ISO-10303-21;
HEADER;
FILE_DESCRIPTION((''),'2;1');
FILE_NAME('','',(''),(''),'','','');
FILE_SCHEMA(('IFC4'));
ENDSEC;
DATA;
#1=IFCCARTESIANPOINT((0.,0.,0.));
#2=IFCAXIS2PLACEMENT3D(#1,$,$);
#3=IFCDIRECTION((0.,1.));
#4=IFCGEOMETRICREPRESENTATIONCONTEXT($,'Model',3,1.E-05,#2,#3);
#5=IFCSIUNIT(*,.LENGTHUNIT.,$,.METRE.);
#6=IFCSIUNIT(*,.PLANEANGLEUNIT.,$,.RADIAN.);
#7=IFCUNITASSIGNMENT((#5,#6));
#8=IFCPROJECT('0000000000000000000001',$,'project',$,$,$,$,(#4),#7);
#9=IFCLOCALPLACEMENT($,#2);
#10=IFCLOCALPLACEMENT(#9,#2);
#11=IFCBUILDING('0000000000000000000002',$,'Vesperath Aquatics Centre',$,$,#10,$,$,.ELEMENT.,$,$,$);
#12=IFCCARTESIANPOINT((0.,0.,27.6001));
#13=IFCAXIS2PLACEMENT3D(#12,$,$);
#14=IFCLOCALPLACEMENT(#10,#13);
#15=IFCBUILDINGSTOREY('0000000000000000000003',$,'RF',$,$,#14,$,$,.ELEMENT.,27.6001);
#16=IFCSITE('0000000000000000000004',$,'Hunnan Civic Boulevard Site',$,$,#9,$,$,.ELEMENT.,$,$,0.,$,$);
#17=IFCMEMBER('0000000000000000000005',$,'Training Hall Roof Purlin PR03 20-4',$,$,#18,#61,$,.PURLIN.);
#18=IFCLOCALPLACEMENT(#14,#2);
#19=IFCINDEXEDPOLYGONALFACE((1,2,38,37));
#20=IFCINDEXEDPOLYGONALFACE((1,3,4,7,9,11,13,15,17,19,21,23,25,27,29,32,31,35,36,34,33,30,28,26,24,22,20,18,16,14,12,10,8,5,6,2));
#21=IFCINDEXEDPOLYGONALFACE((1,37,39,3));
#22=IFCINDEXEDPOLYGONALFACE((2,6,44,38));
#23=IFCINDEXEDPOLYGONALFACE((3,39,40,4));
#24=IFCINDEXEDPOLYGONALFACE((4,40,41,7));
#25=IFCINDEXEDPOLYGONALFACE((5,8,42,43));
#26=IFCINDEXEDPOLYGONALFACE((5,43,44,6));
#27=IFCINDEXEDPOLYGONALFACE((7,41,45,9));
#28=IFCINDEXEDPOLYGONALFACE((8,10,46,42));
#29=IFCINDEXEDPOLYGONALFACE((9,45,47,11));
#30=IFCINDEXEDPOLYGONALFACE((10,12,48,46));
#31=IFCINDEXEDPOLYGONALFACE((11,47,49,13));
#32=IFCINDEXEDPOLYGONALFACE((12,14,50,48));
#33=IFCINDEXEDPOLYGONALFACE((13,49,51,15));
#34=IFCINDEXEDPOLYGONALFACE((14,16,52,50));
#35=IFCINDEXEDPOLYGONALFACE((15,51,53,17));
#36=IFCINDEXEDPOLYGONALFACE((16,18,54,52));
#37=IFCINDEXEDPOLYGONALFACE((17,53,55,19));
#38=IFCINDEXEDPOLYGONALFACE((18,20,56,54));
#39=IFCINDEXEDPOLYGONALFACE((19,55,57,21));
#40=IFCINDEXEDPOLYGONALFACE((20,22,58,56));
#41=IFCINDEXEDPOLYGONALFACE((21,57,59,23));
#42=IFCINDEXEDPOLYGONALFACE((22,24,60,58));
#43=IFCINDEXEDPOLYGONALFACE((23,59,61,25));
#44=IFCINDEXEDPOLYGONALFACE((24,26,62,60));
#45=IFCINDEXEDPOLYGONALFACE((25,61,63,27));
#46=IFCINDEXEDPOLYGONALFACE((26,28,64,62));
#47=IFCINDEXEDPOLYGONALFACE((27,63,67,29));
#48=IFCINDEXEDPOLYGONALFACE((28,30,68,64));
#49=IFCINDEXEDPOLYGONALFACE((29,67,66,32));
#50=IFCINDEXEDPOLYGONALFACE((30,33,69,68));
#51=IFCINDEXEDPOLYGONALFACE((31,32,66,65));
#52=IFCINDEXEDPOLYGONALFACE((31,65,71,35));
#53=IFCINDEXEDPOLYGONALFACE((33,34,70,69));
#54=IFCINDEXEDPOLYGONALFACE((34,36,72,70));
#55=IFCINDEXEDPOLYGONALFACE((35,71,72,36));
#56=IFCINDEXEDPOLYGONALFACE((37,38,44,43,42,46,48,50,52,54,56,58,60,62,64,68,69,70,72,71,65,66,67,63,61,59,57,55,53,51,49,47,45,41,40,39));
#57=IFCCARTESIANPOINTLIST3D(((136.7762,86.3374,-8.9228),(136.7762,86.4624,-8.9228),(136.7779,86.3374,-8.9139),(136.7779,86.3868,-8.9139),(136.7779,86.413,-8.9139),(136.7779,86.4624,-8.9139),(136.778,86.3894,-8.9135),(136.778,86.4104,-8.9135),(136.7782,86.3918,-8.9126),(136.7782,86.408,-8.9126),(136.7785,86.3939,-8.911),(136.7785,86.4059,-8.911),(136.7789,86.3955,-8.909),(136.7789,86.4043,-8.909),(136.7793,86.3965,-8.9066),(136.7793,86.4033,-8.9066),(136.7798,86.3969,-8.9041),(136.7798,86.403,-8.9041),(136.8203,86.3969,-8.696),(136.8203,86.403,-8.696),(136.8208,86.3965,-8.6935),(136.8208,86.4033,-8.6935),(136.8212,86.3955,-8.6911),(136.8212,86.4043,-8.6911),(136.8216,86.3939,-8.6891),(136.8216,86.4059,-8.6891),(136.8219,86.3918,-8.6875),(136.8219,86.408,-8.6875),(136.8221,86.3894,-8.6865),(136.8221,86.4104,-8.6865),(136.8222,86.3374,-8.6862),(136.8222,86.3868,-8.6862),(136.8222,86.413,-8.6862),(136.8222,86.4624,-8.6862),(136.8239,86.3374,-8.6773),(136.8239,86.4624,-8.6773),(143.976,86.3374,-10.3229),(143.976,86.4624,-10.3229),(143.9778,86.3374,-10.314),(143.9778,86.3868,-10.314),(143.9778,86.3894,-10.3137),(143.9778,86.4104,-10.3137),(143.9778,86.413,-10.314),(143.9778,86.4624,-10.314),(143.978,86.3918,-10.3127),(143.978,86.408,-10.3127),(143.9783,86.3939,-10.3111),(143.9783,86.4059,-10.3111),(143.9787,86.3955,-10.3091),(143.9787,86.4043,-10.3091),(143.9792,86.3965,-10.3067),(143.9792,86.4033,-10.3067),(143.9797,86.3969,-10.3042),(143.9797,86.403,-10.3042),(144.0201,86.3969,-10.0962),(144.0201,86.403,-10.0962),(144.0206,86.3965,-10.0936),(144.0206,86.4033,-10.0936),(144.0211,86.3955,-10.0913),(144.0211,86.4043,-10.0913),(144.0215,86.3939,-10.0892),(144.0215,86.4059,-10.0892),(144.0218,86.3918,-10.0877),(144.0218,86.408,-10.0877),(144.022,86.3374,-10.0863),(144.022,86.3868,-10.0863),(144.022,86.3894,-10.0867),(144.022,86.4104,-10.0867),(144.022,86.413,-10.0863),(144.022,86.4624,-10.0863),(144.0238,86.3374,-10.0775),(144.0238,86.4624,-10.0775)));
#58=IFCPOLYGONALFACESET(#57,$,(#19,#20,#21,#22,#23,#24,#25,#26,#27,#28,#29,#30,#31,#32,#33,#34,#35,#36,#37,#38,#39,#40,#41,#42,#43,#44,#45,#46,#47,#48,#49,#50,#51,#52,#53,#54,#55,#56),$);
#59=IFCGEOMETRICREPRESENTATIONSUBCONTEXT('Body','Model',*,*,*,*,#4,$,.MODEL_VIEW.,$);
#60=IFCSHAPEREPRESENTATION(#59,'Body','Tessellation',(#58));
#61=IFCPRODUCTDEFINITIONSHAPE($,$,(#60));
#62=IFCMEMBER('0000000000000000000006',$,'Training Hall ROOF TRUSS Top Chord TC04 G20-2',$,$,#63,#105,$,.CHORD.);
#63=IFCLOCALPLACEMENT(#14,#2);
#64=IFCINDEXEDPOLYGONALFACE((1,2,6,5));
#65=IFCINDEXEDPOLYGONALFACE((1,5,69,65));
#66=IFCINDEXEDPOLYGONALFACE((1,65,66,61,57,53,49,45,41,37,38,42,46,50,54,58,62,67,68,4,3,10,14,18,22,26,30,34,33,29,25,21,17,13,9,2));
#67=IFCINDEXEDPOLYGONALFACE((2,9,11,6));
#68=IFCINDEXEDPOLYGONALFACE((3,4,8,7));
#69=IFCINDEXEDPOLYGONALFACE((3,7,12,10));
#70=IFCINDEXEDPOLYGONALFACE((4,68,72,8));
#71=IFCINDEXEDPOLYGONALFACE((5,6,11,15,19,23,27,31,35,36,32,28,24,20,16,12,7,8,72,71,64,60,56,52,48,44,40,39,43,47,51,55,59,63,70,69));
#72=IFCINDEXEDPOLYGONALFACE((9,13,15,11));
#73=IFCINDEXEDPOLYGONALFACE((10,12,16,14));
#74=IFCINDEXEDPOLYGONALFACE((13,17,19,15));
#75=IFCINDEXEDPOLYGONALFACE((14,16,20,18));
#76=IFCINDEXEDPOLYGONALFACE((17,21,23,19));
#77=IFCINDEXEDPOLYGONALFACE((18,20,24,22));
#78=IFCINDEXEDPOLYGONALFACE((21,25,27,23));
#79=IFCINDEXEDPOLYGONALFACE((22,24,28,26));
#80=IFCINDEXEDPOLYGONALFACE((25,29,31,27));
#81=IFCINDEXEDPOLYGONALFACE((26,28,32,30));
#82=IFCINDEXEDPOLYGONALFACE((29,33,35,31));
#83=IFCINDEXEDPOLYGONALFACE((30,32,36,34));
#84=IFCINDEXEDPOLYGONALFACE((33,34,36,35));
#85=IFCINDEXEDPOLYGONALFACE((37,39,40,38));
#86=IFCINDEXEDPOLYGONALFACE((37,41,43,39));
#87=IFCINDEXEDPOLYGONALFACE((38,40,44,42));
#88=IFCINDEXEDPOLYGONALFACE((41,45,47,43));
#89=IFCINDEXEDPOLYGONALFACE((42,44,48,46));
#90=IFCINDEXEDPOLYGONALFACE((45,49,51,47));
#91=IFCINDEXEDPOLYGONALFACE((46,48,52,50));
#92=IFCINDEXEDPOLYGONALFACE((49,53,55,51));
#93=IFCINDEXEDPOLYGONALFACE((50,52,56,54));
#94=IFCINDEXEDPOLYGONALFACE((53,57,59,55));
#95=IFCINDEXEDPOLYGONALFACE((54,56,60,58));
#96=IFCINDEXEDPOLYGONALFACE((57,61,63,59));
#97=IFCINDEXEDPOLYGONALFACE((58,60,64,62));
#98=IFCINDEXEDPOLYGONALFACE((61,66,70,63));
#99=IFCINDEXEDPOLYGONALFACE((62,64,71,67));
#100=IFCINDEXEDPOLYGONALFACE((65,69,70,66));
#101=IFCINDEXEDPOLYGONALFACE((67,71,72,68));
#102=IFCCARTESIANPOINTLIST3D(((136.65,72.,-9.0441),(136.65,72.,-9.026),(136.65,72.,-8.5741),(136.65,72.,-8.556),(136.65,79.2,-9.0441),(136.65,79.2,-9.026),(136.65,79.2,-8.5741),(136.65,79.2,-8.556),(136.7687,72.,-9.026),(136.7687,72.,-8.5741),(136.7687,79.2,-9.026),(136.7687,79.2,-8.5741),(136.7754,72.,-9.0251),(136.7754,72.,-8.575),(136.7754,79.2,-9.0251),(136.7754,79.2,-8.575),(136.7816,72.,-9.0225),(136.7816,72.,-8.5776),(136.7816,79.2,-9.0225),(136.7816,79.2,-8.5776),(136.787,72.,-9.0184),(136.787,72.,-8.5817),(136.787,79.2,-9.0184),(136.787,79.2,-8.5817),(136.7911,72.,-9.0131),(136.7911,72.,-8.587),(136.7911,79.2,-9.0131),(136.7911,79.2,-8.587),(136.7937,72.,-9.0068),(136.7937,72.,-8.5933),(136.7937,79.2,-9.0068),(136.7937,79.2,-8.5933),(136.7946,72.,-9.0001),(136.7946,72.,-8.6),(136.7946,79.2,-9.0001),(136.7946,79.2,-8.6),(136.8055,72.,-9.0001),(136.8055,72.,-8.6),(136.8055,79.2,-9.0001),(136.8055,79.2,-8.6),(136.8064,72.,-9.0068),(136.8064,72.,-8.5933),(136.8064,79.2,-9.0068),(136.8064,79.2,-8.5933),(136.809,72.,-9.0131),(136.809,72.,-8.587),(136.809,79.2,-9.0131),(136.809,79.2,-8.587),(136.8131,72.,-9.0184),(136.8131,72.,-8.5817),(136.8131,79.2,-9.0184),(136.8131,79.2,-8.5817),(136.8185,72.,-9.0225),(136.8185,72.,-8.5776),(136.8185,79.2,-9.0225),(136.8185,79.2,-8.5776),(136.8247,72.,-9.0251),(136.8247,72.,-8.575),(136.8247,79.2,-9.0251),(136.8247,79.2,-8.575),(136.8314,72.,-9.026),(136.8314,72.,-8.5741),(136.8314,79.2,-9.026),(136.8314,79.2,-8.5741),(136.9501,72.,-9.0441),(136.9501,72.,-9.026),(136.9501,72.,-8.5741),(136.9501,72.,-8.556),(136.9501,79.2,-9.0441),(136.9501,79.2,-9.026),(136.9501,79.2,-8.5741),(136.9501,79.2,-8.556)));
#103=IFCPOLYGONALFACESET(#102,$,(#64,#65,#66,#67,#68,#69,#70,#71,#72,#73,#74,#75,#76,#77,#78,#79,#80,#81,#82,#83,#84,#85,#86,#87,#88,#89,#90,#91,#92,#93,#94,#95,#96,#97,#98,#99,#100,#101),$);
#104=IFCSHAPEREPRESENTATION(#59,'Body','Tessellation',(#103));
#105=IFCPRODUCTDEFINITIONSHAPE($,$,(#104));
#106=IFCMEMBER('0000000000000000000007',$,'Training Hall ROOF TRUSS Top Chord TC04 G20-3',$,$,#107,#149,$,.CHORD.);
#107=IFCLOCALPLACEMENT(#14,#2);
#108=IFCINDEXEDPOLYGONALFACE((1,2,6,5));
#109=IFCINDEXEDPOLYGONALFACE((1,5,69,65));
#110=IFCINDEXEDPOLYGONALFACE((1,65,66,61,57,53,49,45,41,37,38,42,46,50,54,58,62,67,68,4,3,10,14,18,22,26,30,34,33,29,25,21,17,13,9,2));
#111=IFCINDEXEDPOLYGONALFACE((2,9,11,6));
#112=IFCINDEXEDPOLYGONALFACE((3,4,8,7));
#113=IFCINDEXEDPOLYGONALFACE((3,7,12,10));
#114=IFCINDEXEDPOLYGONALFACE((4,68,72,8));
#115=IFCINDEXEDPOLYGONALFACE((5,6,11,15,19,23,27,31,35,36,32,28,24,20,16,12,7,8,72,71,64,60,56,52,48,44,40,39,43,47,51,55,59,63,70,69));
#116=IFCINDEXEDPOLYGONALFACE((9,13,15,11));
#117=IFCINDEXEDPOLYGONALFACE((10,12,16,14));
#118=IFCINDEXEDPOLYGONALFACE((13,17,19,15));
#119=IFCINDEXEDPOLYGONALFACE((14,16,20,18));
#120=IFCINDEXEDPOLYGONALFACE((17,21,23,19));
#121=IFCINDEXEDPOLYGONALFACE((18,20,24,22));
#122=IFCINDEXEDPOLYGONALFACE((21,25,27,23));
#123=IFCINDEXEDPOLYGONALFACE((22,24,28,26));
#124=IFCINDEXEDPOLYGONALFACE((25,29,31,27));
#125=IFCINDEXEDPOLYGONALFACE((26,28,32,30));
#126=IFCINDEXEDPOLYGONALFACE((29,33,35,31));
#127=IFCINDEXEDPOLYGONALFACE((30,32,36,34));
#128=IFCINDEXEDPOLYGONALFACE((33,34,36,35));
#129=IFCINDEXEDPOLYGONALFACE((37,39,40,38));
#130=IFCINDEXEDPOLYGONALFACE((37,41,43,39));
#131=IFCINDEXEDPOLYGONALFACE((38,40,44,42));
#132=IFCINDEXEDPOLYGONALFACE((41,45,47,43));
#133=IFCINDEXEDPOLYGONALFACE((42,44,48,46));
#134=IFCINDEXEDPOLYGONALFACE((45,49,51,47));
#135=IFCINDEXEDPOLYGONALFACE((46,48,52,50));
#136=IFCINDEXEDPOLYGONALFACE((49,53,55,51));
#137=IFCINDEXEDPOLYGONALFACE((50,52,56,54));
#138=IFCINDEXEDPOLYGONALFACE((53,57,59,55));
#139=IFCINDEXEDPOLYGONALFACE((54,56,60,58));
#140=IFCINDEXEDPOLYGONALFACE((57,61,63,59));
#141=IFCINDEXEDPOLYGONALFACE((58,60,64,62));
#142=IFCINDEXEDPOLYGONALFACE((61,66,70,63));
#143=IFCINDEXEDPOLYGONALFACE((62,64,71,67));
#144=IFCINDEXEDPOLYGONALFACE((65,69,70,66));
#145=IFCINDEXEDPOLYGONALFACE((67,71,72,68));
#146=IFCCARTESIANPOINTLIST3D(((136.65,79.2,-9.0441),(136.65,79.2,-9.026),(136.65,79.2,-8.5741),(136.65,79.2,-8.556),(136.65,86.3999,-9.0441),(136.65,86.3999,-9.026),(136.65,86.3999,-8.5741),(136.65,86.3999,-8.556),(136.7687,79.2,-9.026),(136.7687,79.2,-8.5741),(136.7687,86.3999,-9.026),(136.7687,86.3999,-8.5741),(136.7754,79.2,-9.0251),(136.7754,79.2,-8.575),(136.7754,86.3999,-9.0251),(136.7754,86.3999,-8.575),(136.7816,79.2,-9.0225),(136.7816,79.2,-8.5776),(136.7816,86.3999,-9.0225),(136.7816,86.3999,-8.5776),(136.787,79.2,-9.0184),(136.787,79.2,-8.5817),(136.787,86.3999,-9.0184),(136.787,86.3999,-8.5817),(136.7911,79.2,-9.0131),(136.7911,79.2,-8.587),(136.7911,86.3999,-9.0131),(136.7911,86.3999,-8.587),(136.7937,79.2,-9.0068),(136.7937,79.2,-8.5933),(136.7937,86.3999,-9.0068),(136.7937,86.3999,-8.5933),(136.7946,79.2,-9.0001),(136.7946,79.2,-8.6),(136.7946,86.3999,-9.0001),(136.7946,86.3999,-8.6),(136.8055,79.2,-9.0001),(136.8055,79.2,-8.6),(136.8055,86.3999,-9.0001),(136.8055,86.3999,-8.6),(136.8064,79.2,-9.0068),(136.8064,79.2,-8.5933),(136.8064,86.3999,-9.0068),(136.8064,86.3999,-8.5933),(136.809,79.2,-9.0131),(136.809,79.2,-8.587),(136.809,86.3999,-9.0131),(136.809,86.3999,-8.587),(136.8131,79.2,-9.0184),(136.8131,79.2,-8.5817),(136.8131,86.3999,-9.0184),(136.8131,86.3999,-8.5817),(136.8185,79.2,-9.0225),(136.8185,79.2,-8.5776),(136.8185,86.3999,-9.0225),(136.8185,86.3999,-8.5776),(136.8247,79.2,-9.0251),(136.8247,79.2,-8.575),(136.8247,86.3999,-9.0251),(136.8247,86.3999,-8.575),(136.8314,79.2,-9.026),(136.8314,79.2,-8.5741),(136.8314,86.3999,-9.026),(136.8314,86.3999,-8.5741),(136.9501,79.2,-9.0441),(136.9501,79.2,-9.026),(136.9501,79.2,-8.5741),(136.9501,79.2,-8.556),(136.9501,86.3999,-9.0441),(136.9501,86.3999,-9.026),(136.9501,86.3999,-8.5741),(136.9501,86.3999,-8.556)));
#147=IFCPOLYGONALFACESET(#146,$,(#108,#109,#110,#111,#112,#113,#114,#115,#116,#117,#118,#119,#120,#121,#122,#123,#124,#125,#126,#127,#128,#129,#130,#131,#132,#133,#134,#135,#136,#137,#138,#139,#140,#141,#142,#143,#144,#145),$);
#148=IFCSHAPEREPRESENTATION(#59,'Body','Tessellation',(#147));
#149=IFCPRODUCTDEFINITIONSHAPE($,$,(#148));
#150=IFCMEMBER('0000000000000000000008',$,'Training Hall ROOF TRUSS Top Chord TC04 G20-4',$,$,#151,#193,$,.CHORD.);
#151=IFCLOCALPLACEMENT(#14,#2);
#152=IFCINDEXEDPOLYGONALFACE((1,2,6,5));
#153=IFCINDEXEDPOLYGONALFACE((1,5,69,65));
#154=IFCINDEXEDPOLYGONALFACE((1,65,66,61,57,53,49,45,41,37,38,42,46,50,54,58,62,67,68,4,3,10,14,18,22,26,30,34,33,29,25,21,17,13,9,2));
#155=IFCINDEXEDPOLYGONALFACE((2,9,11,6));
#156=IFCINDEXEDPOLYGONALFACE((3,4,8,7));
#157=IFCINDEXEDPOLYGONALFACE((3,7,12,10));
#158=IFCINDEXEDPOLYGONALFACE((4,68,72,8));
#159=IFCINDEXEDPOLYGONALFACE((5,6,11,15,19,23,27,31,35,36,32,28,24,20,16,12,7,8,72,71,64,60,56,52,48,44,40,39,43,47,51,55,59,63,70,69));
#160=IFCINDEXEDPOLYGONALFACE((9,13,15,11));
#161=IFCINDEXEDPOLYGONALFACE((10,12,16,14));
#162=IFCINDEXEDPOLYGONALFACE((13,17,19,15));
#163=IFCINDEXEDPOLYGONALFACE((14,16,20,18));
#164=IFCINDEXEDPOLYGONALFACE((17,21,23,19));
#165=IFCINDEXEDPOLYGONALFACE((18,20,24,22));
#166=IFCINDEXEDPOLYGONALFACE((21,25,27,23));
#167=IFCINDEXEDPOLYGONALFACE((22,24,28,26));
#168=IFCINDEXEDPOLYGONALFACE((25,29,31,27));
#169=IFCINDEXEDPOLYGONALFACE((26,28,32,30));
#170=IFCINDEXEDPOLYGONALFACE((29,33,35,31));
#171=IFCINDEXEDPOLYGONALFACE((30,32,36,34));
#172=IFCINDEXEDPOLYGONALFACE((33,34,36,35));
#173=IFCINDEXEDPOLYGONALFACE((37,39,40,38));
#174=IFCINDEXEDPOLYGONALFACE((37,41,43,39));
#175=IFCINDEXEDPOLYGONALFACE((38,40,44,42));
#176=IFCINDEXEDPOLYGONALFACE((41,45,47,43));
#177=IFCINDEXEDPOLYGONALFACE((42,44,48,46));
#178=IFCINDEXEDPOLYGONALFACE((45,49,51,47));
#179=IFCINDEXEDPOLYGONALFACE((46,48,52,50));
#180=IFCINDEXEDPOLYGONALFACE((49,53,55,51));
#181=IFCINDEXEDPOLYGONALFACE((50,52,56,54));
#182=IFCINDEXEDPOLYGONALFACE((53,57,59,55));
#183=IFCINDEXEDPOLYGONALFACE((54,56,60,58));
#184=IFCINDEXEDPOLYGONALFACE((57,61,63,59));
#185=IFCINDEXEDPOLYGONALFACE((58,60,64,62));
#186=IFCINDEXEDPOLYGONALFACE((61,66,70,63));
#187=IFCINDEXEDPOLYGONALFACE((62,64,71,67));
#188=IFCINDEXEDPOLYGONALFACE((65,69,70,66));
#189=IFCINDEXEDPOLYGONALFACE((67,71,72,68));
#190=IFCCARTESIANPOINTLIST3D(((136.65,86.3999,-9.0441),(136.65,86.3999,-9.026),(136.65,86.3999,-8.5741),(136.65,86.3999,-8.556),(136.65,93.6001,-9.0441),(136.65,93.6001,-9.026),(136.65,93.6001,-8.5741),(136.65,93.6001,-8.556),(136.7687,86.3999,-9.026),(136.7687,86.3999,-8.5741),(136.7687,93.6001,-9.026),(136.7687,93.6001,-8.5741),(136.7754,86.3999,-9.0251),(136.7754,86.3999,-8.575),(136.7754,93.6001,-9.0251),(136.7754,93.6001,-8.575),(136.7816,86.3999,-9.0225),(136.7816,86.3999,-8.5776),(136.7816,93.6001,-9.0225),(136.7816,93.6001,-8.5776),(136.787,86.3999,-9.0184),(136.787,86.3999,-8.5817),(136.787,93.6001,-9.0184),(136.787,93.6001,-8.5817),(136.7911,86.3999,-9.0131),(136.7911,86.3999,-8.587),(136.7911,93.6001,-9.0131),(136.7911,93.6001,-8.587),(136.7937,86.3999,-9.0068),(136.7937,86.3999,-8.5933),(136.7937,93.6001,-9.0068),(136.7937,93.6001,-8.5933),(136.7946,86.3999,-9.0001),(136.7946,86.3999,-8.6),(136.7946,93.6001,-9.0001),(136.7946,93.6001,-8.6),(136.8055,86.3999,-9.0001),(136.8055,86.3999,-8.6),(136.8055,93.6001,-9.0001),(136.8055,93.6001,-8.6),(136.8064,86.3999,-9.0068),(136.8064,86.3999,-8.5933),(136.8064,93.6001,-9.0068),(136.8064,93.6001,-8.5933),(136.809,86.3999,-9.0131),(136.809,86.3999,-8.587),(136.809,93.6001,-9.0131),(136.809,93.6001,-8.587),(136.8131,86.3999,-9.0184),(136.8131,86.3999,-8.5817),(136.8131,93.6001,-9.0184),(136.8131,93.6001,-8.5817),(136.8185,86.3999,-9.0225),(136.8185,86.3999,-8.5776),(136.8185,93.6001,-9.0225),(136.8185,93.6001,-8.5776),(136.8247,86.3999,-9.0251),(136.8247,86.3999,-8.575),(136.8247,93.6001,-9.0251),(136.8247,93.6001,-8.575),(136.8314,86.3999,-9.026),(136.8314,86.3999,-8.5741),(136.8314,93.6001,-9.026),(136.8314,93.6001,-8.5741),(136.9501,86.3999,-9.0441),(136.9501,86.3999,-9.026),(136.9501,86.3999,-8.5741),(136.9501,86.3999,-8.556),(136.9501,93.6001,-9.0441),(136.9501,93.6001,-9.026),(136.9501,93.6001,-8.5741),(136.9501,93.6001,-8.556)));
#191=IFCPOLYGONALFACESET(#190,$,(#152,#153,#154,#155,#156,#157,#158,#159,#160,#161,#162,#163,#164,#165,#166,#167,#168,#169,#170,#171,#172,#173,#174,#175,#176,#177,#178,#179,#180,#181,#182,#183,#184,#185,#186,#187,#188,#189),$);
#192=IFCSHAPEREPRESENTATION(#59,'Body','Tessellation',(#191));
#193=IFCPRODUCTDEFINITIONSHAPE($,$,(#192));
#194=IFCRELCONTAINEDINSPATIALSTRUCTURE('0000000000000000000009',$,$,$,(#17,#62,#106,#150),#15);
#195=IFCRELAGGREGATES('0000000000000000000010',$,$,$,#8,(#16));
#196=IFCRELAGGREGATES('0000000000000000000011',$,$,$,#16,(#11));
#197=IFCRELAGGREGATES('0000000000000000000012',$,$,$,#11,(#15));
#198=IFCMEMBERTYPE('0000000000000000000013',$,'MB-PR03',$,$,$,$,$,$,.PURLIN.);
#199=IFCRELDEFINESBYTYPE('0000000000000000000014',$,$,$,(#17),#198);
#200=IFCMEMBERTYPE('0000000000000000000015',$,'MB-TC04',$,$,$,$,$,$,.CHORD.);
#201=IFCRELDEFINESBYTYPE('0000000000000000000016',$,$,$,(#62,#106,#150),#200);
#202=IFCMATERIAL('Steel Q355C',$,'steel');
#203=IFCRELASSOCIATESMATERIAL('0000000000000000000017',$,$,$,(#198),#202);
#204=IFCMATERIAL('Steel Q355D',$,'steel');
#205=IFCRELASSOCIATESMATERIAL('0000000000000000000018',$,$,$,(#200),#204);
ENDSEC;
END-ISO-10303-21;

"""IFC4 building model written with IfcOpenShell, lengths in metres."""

from ifc_helpers import new_model, si_unit, direction, frame, origin, origin_2d, place, context, subcontext, project, spatial, i_section, extrude, material, material_profile, profile_set, type_object, element, save


model = new_model("IFC4")

# Units and contexts
model_context = context("Model", 3, precision=1e-05, world=origin(), true_north=direction((0.0, 1.0)))
body_context = subcontext(model_context, "Body", "Model", "MODEL_VIEW")
ifc_project = project(units=[si_unit("LENGTHUNIT", "METRE"), si_unit("PLANEANGLEUNIT", "RADIAN")], contexts=[model_context])

# Site, building, storey
site_placement = place(None, origin())
site = spatial("IfcSite", under=ifc_project, at=site_placement, Name="Hunnan Civic Boulevard Site", CompositionType="ELEMENT", RefElevation=0.0)
building_placement = place(site_placement, origin())
building = spatial("IfcBuilding", under=site, at=building_placement, Name="Vesperath Aquatics Centre", CompositionType="ELEMENT")
storey_placement = place(building_placement, frame((0.0, 0.0, 27.6001)))
storey = spatial("IfcBuildingStorey", under=building, at=storey_placement, Name="RF", CompositionType="ELEMENT", Elevation=27.6001)

# Shared definitions
ifc_material_1 = material(Name="Steel Q355C", Category="steel")

# Members
ifc_material_2 = material(Name="Steel Q355D", Category="steel")
ifc_material_profile_1 = material_profile(ifc_material_1, i_section(OverallWidth=0.125, OverallDepth=0.25, WebThickness=0.0061, FlangeThickness=0.009, FilletRadius=0.01, at=origin_2d()), Name="HN 250x125x6x9")
ifc_profile_set_1 = profile_set([ifc_material_profile_1], Name="Steel Q355C")
member_type_1 = type_object("IfcMemberType", Name="MB-PR03", PredefinedType="PURLIN", material=ifc_profile_set_1)
for number, where, z_axis, x_axis, name in (
    (1, (136.8, 86.3999, -8.8), (0.981611, 0.0, -0.19089), (0.0, 1.0, 0.0), "Training Hall Roof Purlin PR03 20-4"),
):
    element("IfcMember", number, at=place(storey_placement, frame(where, z_axis=z_axis, x_axis=x_axis)), inside=storey, type_object=member_type_1, Name=name, PredefinedType="PURLIN", context=body_context, shape_type="SweptSolid", body=[
        extrude(i_section(OverallWidth=0.125, OverallDepth=0.25, WebThickness=0.0061, FlangeThickness=0.009, FilletRadius=0.01, at=origin_2d()), origin(), (0.0, 0.0, 1.0), 7.3347),
    ])
ifc_material_profile_2 = material_profile(ifc_material_2, i_section(OverallWidth=0.3, OverallDepth=0.488, WebThickness=0.011, FlangeThickness=0.0181, FilletRadius=0.0259, at=origin_2d()), Name="HM 488x300x11x18")
ifc_profile_set_2 = profile_set([ifc_material_profile_2], Name="Steel Q355D")
member_type_2 = type_object("IfcMemberType", Name="MB-TC04", PredefinedType="CHORD", material=ifc_profile_set_2)
for number, where, z_axis, x_axis, name in (
    (2, (136.8, 72.0, -8.8), (0.0, 1.0, 0.0), (-1.0, 0.0, 0.0), "Training Hall ROOF TRUSS Top Chord TC04 G20-2"),
    (3, (136.8, 79.2, -8.8), (0.0, 1.0, 0.0), (-1.0, 0.0, 0.0), "Training Hall ROOF TRUSS Top Chord TC04 G20-3"),
):
    element("IfcMember", number, at=place(storey_placement, frame(where, z_axis=z_axis, x_axis=x_axis)), inside=storey, type_object=member_type_2, Name=name, PredefinedType="CHORD", context=body_context, shape_type="SweptSolid", body=[
        extrude(i_section(OverallWidth=0.3, OverallDepth=0.488, WebThickness=0.011, FlangeThickness=0.0181, FilletRadius=0.0259, at=origin_2d()), origin(), (0.0, 0.0, 1.0), 7.2),
    ])
member_1_placement = place(storey_placement, frame((136.8, 86.3999, -8.8), z_axis=(0.0, 1.0, 0.0), x_axis=(-1.0, 0.0, 0.0)))
element("IfcMember", 4, at=member_1_placement, inside=storey, type_object=member_type_2, Name="Training Hall ROOF TRUSS Top Chord TC04 G20-4", PredefinedType="CHORD", context=body_context, shape_type="SweptSolid", body=[
    extrude(i_section(OverallWidth=0.3, OverallDepth=0.488, WebThickness=0.011, FlangeThickness=0.0181, FilletRadius=0.0259, at=origin_2d()), origin(), (0.0, 0.0, 1.0), 7.2002),
])

save(model, "model.ifc")
